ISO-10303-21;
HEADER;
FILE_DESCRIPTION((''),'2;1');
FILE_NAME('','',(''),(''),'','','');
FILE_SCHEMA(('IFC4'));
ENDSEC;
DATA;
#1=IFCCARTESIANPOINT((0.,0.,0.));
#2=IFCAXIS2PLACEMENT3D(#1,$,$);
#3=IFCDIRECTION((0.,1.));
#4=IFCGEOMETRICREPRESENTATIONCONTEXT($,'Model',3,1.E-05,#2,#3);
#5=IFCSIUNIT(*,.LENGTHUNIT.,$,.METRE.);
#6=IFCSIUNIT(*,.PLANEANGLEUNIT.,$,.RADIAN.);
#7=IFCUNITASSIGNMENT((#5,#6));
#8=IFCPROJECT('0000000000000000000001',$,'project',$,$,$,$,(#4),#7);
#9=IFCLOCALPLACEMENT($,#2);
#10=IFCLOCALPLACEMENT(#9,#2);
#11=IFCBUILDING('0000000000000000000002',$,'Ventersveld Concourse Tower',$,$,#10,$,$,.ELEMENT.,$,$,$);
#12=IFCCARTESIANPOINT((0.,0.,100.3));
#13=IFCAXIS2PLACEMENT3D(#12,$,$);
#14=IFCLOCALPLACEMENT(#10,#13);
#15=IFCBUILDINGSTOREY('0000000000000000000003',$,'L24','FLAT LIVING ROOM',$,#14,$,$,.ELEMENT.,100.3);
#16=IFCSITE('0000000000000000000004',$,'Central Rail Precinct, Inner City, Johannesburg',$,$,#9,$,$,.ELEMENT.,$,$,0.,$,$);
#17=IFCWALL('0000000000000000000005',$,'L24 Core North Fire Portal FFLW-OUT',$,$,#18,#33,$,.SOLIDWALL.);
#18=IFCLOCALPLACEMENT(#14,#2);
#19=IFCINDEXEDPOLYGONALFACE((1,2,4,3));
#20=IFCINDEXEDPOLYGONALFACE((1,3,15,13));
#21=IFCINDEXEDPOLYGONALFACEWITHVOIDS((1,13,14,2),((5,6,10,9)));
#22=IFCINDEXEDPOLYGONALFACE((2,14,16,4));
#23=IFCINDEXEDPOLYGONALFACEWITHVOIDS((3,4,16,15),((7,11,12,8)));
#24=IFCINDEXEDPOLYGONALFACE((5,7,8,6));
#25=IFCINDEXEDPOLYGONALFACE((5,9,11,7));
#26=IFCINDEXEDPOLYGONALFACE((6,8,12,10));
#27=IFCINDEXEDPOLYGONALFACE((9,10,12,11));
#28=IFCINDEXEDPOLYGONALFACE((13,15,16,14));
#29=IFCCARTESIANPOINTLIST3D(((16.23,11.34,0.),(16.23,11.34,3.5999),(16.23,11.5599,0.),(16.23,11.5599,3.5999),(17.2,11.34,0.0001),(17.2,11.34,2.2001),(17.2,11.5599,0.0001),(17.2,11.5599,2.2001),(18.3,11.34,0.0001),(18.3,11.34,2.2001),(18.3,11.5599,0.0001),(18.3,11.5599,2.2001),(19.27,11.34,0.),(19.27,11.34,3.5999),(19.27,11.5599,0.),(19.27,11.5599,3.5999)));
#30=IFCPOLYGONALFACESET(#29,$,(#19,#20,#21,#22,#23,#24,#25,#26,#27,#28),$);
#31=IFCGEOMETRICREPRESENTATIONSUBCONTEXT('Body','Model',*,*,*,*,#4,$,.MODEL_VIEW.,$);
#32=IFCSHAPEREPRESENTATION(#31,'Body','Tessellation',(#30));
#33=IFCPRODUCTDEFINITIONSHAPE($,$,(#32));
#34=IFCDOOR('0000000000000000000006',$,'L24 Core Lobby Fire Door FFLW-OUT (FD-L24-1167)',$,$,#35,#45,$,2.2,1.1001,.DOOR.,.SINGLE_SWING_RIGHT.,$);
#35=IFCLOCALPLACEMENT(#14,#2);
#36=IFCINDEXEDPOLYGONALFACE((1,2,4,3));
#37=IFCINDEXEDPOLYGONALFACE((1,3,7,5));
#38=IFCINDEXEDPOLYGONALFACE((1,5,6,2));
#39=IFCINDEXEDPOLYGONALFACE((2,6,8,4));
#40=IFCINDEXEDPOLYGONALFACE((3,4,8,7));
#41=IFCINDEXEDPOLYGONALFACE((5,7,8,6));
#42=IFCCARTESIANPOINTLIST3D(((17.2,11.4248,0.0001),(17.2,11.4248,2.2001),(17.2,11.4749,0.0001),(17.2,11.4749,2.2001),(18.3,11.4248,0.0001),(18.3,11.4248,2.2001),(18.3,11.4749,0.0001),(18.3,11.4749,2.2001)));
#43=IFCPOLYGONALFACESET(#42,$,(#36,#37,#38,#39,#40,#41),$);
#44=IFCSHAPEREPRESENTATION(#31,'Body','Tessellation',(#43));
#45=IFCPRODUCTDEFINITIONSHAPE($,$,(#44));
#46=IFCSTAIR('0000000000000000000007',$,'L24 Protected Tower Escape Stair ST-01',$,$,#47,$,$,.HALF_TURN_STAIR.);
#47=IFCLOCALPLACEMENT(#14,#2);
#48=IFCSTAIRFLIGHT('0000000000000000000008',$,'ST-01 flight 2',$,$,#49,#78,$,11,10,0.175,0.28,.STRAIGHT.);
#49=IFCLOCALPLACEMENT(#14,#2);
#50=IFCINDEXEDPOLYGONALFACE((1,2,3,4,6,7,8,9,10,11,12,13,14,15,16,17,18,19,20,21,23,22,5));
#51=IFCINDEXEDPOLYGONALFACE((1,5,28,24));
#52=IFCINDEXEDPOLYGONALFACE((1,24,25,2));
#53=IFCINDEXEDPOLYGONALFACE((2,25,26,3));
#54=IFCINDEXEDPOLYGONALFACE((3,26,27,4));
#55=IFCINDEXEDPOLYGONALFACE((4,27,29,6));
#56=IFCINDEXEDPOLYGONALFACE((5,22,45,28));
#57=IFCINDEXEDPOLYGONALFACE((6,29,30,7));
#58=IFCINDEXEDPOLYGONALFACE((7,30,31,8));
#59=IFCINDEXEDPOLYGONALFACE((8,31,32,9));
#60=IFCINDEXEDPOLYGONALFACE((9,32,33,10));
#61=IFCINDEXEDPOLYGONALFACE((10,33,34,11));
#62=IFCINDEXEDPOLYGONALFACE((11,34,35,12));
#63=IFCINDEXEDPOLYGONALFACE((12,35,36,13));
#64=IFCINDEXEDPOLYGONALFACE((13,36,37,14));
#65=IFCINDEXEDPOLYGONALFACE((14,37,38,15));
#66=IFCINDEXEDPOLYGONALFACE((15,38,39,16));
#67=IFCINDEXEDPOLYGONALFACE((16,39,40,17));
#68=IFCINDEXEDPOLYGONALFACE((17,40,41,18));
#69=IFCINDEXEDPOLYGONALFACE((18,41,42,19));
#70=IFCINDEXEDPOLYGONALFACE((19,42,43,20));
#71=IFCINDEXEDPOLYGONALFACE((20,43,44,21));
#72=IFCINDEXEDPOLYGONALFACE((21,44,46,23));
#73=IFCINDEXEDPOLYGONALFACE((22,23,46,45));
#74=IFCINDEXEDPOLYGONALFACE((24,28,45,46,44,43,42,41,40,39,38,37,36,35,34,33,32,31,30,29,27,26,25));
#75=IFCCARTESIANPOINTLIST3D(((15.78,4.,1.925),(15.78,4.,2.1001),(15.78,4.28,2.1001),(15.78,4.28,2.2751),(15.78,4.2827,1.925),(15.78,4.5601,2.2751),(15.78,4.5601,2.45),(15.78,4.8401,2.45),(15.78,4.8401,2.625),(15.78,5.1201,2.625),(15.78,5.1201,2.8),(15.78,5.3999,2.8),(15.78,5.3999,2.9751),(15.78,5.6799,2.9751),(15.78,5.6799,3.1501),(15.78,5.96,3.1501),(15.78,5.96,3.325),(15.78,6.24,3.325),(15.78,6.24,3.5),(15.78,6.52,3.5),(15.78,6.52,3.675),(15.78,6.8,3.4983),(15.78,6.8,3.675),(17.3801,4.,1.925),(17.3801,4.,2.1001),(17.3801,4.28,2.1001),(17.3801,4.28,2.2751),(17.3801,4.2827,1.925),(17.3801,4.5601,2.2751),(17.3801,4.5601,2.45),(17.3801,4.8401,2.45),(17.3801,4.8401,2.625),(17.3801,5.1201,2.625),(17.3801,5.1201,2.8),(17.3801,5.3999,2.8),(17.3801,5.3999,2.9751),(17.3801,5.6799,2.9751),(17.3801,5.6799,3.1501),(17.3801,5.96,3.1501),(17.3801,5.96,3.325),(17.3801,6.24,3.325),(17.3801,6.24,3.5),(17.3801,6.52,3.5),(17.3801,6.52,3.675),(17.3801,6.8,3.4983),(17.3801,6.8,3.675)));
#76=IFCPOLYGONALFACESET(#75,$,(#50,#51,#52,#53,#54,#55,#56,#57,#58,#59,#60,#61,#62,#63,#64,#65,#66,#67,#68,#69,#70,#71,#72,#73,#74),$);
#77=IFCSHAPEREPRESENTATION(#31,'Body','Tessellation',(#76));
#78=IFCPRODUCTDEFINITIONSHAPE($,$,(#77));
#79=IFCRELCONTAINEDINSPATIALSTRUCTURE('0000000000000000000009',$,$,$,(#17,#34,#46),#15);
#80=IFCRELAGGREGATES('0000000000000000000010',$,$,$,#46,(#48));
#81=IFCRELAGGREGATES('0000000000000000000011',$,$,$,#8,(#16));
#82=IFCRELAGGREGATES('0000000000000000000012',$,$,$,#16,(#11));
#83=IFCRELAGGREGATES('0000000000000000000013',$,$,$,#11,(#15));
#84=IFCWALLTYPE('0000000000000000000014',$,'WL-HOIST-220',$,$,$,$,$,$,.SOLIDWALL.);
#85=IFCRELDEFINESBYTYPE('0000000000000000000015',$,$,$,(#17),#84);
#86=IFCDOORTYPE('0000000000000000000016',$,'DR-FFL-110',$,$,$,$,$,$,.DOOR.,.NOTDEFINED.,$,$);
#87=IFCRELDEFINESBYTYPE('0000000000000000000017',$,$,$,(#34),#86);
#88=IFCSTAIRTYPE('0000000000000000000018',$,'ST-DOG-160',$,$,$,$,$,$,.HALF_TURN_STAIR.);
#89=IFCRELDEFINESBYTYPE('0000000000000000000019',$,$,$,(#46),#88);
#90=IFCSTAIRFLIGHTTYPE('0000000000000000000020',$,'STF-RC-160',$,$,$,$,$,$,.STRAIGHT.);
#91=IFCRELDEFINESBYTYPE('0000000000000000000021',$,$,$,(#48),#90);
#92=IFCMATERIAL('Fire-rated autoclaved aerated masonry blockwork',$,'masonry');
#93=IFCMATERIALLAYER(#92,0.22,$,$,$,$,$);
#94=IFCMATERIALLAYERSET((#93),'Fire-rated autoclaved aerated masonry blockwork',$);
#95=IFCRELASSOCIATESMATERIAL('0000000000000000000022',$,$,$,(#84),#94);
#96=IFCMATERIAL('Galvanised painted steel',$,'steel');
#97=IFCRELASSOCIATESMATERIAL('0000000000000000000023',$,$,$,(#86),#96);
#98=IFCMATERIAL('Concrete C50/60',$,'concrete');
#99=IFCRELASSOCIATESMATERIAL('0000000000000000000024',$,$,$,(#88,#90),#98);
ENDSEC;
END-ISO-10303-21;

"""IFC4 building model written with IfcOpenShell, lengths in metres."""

from ifc_helpers import new_model, si_unit, direction, frame, frame_2d, origin, place, context, subcontext, project, spatial, polyline, rectangle, outline, extrude, material, layer, layer_set, type_object, element, fill, aggregate, save


model = new_model("IFC4")

# Units and contexts
model_context = context("Model", 3, precision=1e-05, world=origin(), true_north=direction((0.0, 1.0)))
body_context = subcontext(model_context, "Body", "Model", "MODEL_VIEW")
ifc_project = project(units=[si_unit("LENGTHUNIT", "METRE"), si_unit("PLANEANGLEUNIT", "RADIAN")], contexts=[model_context])

# Site, building, storey
site_placement = place(None, origin())
site = spatial("IfcSite", under=ifc_project, at=site_placement, Name="Central Rail Precinct, Inner City, Johannesburg", CompositionType="ELEMENT", RefElevation=0.0)
building_placement = place(site_placement, origin())
building = spatial("IfcBuilding", under=site, at=building_placement, Name="Ventersveld Concourse Tower", CompositionType="ELEMENT")
storey_placement = place(building_placement, frame((0.0, 0.0, 100.3)))
storey = spatial("IfcBuildingStorey", under=building, at=storey_placement, Name="L24", Description="FLAT LIVING ROOM", CompositionType="ELEMENT", Elevation=100.3)

# Shared definitions
ifc_material_1 = material(Name="Concrete C50/60", Category="concrete")

# Shared definitions
ifc_material_2 = material(Name="Fire-rated autoclaved aerated masonry blockwork", Category="masonry")
ifc_layer_1 = layer(ifc_material_2, 0.22)
ifc_layer_set_1 = layer_set([ifc_layer_1], Name="Fire-rated autoclaved aerated masonry blockwork")
wall_type_1 = type_object("IfcWallType", Name="WL-HOIST-220", PredefinedType="SOLIDWALL", material=ifc_layer_set_1)

# Wall, opening, door
ifc_material_3 = material(Name="Galvanised painted steel", Category="steel")
door_type_1 = type_object("IfcDoorType", Name="DR-FFL-110", OperationType="NOTDEFINED", PredefinedType="DOOR", material=ifc_material_3)
wall_1_placement = place(storey_placement, frame((16.23, 11.45, 0.0), z_axis=(0.0, 0.0, 1.0), x_axis=(1.0, 0.0, 0.0)))
wall_1 = element("IfcWall", 1, at=wall_1_placement, inside=storey, type_object=wall_type_1, Name="L24 Core North Fire Portal FFLW-OUT", PredefinedType="SOLIDWALL", context=body_context, shape_type="SweptSolid", body=[
    extrude(rectangle(XDim=3.04, YDim=0.22, at=frame_2d((1.52, 0.0))), origin(), (0.0, 0.0, 1.0), 3.5999),
])
opening_1_placement = place(wall_1_placement, frame((0.97, 0.0, 0.0)))
opening_1 = element("IfcOpeningElement", 2, at=opening_1_placement, cuts=wall_1, PredefinedType="OPENING", context=body_context, shape_type="SweptSolid", body=[
    extrude(rectangle(XDim=1.1001, YDim=2.2, at=frame_2d((0.55, 1.1001))), frame((0.0, 0.1201, 0.0), z_axis=(0.0, -1.0, 0.0), x_axis=(1.0, 0.0, 0.0)), (0.0, 0.0, 1.0), 0.24),
])
door_1_placement = place(opening_1_placement, origin())
door_1 = element("IfcDoor", 3, at=door_1_placement, inside=storey, type_object=door_type_1, Name="L24 Core Lobby Fire Door FFLW-OUT (FD-L24-1167)", OperationType="SINGLE_SWING_RIGHT", OverallHeight=2.2, OverallWidth=1.1001, PredefinedType="DOOR", context=body_context, shape_type="SweptSolid", body=[
    extrude(rectangle(XDim=1.1001, YDim=2.2, at=frame_2d((0.55, 1.1001))), frame((0.0, 0.0249, 0.0), z_axis=(0.0, -1.0, 0.0), x_axis=(1.0, 0.0, 0.0)), (0.0, 0.0, 1.0), 0.05),
])
fill(opening_1, door_1)

# Stair, stair flight
stair_type = type_object("IfcStairType", Name="ST-DOG-160", PredefinedType="HALF_TURN_STAIR", material=ifc_material_1)
stair_placement = place(storey_placement, origin())
stair = element("IfcStair", 4, at=stair_placement, inside=storey, type_object=stair_type, Name="L24 Protected Tower Escape Stair ST-01", PredefinedType="HALF_TURN_STAIR")
stair_flight_type = type_object("IfcStairFlightType", Name="STF-RC-160", PredefinedType="STRAIGHT", material=ifc_material_1)
stair_flight_placement = place(storey_placement, frame((16.5801, 4.0, 1.925), z_axis=(0.0, 0.0, 1.0), x_axis=(0.0, 1.0, 0.0)))
stair_flight = element("IfcStairFlight", 5, at=stair_flight_placement, type_object=stair_flight_type, Name="ST-01 flight 2", NumberOfRisers=11, NumberOfTreads=10, PredefinedType="STRAIGHT", RiserHeight=0.175, TreadLength=0.28, context=body_context, shape_type="SweptSolid", body=[
    extrude(outline(polyline([(0.0, 0.0), (0.0, 0.175), (0.28, 0.175), (0.28, 0.3501), (0.5601, 0.3501), (0.5601, 0.5249), (0.8401, 0.5249), (0.8401, 0.7), (1.1201, 0.7), (1.1201, 0.875), (1.3999, 0.875), (1.3999, 1.05), (1.6799, 1.05), (1.6799, 1.2251), (1.96, 1.2251), (1.96, 1.3999), (2.24, 1.3999), (2.24, 1.575), (2.52, 1.575), (2.52, 1.75), (2.8, 1.75), (2.8, 1.925), (2.8, 1.5732), (0.2827, 0.0), (0.0, 0.0)])), frame((0.0, 0.8, 0.0), z_axis=(0.0, -1.0, 0.0), x_axis=(1.0, 0.0, 0.0)), (0.0, 0.0, 1.0), 1.6001),
])
aggregate(stair, [stair_flight])

save(model, "model.ifc")
